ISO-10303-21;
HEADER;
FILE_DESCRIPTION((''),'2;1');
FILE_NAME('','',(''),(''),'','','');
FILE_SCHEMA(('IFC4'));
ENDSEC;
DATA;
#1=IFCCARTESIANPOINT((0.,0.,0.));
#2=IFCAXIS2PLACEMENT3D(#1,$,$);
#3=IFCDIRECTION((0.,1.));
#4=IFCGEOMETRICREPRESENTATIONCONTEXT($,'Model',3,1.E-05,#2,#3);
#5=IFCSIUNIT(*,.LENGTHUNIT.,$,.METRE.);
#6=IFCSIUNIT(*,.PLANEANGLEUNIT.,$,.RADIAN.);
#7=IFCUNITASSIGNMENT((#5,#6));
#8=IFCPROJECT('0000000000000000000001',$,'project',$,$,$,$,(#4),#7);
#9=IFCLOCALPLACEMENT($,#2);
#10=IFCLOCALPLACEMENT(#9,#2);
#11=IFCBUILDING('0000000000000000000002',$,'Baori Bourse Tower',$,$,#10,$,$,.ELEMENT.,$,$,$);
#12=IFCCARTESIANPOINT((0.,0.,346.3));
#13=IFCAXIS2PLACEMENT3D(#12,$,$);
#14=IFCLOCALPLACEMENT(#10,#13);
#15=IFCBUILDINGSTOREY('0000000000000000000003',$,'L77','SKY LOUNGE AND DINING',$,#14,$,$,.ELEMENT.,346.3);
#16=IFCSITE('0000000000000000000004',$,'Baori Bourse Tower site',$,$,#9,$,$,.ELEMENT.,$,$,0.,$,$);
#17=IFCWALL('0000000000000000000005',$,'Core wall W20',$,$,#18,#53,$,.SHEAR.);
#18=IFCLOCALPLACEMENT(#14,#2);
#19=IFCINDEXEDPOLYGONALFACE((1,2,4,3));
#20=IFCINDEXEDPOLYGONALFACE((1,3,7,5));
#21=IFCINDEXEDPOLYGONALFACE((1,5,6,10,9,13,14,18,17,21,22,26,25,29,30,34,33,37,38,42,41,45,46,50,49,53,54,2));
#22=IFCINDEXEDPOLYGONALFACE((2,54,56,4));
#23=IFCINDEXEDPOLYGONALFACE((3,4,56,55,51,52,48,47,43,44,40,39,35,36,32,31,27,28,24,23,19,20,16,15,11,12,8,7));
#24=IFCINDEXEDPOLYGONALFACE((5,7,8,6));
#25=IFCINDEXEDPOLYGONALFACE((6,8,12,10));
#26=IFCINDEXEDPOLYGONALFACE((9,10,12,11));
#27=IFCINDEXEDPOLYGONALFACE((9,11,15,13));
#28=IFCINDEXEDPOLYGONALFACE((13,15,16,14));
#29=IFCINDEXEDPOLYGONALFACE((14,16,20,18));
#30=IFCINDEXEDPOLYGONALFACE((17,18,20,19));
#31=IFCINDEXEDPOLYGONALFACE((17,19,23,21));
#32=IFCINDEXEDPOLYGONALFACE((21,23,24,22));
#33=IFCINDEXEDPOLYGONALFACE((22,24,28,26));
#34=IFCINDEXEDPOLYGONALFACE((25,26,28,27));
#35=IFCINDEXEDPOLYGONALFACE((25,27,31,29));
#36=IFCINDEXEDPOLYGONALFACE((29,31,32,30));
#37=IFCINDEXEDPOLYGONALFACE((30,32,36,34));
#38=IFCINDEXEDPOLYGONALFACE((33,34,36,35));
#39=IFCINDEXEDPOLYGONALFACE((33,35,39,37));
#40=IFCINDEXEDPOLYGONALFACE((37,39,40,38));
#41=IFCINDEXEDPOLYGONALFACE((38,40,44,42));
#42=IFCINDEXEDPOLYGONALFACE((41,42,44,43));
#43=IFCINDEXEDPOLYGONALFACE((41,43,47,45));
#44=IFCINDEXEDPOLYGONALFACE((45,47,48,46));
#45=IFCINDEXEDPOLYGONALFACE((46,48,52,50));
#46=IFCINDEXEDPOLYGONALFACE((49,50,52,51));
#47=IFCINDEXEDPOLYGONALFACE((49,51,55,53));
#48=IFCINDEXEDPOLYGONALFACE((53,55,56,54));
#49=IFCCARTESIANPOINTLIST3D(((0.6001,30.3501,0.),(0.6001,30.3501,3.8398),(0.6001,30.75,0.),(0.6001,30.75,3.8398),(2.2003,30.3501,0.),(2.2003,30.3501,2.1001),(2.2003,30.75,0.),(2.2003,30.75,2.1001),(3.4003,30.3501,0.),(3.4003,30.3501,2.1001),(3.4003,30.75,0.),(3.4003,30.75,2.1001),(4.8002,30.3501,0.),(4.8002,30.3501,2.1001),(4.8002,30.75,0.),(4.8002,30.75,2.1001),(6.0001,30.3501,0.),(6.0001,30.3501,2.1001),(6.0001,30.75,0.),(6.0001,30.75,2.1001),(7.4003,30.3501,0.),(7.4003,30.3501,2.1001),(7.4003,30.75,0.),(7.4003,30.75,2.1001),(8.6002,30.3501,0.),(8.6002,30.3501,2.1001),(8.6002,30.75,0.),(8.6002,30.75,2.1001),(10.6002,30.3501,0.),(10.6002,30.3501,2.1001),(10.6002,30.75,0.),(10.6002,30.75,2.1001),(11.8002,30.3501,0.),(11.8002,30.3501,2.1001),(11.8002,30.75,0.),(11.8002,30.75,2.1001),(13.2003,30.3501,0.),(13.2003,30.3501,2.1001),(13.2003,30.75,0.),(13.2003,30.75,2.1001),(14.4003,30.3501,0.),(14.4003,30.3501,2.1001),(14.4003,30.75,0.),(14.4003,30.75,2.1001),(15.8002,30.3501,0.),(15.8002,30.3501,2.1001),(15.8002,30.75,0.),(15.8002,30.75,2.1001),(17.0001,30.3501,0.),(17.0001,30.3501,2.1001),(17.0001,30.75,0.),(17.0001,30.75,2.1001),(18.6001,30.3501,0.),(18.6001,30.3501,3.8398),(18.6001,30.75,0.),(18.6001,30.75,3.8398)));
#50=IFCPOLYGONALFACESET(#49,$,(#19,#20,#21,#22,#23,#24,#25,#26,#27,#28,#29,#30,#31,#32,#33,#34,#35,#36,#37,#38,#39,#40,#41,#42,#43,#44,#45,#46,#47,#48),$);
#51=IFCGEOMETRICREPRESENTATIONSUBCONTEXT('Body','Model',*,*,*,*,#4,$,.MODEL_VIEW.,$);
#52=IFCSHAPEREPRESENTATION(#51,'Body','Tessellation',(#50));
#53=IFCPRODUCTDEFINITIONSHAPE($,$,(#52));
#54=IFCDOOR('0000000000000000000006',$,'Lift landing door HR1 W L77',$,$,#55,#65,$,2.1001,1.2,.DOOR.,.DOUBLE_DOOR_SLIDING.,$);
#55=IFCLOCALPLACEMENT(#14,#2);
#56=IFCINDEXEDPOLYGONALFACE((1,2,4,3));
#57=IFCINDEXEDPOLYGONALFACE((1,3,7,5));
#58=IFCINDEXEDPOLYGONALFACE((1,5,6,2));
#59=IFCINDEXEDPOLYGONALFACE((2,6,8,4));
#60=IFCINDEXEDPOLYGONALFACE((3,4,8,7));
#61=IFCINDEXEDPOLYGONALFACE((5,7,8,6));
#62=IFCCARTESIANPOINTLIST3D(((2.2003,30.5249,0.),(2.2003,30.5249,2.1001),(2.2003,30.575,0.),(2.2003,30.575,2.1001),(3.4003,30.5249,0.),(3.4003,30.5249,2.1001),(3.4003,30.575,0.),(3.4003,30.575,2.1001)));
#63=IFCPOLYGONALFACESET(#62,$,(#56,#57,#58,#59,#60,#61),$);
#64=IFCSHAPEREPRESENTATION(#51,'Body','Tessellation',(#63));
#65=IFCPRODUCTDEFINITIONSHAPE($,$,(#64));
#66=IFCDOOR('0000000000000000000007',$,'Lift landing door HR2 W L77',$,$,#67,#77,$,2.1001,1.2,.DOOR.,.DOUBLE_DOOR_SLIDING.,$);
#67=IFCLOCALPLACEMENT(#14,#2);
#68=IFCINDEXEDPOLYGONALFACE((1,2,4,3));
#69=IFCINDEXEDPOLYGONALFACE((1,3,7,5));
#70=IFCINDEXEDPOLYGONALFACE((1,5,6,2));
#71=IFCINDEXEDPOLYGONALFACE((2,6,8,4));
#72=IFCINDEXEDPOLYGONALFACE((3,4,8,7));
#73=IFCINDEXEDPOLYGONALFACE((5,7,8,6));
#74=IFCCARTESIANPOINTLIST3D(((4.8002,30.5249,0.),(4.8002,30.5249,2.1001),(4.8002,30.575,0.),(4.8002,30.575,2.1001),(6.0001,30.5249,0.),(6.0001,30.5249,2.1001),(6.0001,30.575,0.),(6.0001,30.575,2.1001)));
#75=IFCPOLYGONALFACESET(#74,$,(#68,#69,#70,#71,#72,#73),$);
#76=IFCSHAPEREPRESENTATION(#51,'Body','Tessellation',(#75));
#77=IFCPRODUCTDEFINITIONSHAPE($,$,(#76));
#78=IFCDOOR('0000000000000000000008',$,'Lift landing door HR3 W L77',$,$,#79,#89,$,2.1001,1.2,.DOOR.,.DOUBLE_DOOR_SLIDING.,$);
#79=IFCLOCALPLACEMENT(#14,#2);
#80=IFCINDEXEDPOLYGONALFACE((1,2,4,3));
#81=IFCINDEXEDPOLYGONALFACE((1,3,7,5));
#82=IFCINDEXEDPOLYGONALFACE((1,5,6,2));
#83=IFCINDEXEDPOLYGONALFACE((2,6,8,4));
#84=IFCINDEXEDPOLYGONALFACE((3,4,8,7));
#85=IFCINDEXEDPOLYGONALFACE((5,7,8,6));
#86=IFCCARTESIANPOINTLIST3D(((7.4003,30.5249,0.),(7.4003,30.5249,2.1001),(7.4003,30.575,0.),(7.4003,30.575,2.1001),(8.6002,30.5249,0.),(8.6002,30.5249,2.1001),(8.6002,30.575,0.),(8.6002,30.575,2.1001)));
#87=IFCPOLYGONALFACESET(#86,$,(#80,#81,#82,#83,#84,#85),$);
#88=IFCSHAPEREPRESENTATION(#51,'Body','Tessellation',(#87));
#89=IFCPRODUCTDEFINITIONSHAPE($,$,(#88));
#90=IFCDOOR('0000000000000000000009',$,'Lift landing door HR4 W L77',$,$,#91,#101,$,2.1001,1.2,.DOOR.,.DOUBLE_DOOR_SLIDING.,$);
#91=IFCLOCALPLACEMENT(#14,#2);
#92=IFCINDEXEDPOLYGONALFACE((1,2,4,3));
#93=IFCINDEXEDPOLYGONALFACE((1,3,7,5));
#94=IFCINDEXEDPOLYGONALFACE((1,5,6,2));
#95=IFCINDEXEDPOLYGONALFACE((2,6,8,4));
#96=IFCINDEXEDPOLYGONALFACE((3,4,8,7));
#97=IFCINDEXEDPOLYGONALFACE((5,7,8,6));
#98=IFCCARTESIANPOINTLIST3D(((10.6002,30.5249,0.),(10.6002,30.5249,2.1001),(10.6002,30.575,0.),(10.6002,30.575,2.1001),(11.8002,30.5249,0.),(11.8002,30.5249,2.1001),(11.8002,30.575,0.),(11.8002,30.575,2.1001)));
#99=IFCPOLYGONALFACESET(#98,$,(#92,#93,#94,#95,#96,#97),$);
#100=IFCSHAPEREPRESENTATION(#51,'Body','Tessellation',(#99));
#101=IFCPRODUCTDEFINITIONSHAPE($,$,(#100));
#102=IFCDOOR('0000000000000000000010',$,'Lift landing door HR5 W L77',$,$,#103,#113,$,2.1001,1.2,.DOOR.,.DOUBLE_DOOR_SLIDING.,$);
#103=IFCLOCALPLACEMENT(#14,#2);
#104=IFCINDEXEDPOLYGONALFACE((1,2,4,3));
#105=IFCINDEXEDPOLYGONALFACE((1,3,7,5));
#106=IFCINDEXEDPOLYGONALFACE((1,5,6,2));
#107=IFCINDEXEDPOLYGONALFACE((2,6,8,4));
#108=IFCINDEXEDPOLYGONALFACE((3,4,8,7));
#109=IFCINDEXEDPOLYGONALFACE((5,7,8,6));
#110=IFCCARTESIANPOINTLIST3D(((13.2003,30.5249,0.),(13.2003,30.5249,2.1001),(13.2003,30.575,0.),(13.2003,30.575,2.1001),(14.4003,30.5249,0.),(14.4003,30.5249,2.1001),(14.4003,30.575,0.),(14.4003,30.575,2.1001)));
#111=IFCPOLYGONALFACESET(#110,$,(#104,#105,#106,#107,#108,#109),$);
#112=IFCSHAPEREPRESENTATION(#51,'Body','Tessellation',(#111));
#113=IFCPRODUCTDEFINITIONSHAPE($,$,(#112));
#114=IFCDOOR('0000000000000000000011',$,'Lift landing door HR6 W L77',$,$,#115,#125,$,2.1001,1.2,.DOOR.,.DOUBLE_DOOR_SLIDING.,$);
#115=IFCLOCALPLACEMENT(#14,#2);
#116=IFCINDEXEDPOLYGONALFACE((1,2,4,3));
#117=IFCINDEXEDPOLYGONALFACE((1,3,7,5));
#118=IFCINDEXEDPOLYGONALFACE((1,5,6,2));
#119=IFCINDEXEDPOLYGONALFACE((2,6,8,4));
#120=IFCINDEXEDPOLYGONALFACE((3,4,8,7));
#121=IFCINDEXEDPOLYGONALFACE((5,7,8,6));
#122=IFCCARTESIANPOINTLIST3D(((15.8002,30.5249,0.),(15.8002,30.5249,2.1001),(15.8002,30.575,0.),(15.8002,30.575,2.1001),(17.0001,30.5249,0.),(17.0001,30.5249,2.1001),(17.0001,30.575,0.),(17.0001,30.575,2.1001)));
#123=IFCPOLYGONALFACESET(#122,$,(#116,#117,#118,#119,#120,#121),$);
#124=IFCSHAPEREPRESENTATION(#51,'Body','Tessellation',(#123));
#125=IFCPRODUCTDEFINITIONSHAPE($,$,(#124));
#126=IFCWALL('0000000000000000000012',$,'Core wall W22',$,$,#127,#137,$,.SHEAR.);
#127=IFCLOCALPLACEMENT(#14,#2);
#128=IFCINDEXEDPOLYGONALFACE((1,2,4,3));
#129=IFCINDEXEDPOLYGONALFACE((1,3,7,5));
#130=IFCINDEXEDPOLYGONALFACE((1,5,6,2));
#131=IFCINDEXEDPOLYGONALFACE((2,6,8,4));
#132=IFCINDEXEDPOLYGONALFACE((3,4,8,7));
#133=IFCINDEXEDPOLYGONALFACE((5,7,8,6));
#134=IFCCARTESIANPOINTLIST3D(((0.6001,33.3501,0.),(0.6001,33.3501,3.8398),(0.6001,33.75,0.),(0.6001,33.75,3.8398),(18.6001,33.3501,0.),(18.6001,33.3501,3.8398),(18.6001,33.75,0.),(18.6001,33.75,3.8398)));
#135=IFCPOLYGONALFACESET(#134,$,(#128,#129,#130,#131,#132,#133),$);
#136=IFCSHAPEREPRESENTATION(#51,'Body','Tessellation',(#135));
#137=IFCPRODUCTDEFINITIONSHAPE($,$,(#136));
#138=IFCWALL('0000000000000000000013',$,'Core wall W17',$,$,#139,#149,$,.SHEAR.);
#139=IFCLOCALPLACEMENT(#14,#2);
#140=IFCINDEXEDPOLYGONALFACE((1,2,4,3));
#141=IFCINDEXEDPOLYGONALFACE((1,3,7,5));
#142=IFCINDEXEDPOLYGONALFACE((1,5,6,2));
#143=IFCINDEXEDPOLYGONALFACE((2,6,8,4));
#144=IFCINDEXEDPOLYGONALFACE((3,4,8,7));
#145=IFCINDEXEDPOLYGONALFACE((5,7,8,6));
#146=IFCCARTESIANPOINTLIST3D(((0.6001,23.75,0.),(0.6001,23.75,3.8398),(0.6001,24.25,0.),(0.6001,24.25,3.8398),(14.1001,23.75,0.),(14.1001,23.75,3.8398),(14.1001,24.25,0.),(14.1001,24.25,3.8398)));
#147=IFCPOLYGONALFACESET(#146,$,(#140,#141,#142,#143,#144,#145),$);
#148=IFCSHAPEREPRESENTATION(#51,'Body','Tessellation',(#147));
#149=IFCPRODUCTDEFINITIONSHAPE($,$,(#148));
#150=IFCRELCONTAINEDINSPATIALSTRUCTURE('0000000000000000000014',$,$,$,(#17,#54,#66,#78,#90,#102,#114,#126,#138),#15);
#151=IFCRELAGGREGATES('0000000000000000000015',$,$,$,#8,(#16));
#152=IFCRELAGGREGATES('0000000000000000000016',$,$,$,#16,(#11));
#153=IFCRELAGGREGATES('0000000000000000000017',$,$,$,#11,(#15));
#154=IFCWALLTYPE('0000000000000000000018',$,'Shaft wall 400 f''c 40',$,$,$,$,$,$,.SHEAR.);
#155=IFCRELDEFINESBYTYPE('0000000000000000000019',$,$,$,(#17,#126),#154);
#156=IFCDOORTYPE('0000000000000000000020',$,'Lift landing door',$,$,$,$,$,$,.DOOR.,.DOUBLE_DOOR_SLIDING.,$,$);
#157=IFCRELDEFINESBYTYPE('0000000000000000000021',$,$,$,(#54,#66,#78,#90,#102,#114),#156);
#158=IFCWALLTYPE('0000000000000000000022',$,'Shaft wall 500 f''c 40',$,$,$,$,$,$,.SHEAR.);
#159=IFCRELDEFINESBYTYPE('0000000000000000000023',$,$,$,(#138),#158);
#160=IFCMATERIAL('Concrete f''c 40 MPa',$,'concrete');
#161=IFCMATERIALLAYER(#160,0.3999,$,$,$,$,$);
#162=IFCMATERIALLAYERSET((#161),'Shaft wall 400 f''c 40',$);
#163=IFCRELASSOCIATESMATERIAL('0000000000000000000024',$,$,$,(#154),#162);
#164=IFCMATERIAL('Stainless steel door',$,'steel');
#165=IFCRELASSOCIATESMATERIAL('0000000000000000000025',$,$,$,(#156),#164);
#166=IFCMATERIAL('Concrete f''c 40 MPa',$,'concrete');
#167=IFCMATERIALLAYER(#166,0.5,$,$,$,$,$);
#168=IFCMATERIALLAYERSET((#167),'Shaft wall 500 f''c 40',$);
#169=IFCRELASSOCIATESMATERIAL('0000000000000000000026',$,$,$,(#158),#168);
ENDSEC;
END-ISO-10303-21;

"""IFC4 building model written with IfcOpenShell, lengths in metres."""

from ifc_helpers import new_model, si_unit, direction, frame, frame_2d, origin, place, context, subcontext, project, spatial, rectangle, extrude, material, layer, layer_set, type_object, element, fill, save


model = new_model("IFC4")

# Units and contexts
model_context = context("Model", 3, precision=1e-05, world=origin(), true_north=direction((0.0, 1.0)))
body_context = subcontext(model_context, "Body", "Model", "MODEL_VIEW")
ifc_project = project(units=[si_unit("LENGTHUNIT", "METRE"), si_unit("PLANEANGLEUNIT", "RADIAN")], contexts=[model_context])

# Site, building, storey
site_placement = place(None, origin())
site = spatial("IfcSite", under=ifc_project, at=site_placement, Name="Baori Bourse Tower site", CompositionType="ELEMENT", RefElevation=0.0)
building_placement = place(site_placement, origin())
building = spatial("IfcBuilding", under=site, at=building_placement, Name="Baori Bourse Tower", CompositionType="ELEMENT")
storey_placement = place(building_placement, frame((0.0, 0.0, 346.3)))
storey = spatial("IfcBuildingStorey", under=building, at=storey_placement, Name="L77", Description="SKY LOUNGE AND DINING", CompositionType="ELEMENT", Elevation=346.3)

# Wall, openings, doors
ifc_material_1 = material(Name="Concrete f'c 40 MPa", Category="concrete")
ifc_layer_1 = layer(ifc_material_1, 0.3999)
ifc_layer_set_1 = layer_set([ifc_layer_1], Name="Shaft wall 400 f'c 40")
wall_type_1 = type_object("IfcWallType", Name="Shaft wall 400 f'c 40", PredefinedType="SHEAR", material=ifc_layer_set_1)
ifc_material_2 = material(Name="Stainless steel door", Category="steel")
door_type_1 = type_object("IfcDoorType", Name="Lift landing door", OperationType="DOUBLE_DOOR_SLIDING", PredefinedType="DOOR", material=ifc_material_2)
wall_1_placement = place(storey_placement, frame((0.6001, 30.55, 0.0), z_axis=(0.0, 0.0, 1.0), x_axis=(1.0, 0.0, 0.0)))
wall_1 = element("IfcWall", 1, at=wall_1_placement, inside=storey, type_object=wall_type_1, Name="Core wall W20", PredefinedType="SHEAR", context=body_context, shape_type="SweptSolid", body=[
    extrude(rectangle(XDim=18.0, YDim=0.3999, at=frame_2d((9.0, 0.0))), origin(), (0.0, 0.0, 1.0), 3.8398),
])
opening_1_placement = place(wall_1_placement, frame((1.6001, 0.0, 0.0)))
opening_1 = element("IfcOpeningElement", 2, at=opening_1_placement, cuts=wall_1, PredefinedType="OPENING", context=body_context, shape_type="SweptSolid", body=[
    extrude(rectangle(XDim=1.2, YDim=2.1001, at=frame_2d((0.6001, 1.05))), frame((0.0, 0.21, 0.0), z_axis=(0.0, -1.0, 0.0), x_axis=(1.0, 0.0, 0.0)), (0.0, 0.0, 1.0), 0.4199),
])
opening_2_placement = place(wall_1_placement, frame((4.2, 0.0, 0.0)))
opening_2 = element("IfcOpeningElement", 3, at=opening_2_placement, cuts=wall_1, PredefinedType="OPENING", context=body_context, shape_type="SweptSolid", body=[
    extrude(rectangle(XDim=1.2, YDim=2.1001, at=frame_2d((0.6001, 1.05))), frame((0.0, 0.21, 0.0), z_axis=(0.0, -1.0, 0.0), x_axis=(1.0, 0.0, 0.0)), (0.0, 0.0, 1.0), 0.4199),
])
opening_3_placement = place(wall_1_placement, frame((6.8, 0.0, 0.0)))
opening_3 = element("IfcOpeningElement", 4, at=opening_3_placement, cuts=wall_1, PredefinedType="OPENING", context=body_context, shape_type="SweptSolid", body=[
    extrude(rectangle(XDim=1.2, YDim=2.1001, at=frame_2d((0.6001, 1.05))), frame((0.0, 0.21, 0.0), z_axis=(0.0, -1.0, 0.0), x_axis=(1.0, 0.0, 0.0)), (0.0, 0.0, 1.0), 0.4199),
])
opening_4_placement = place(wall_1_placement, frame((10.0, 0.0, 0.0)))
opening_4 = element("IfcOpeningElement", 5, at=opening_4_placement, cuts=wall_1, PredefinedType="OPENING", context=body_context, shape_type="SweptSolid", body=[
    extrude(rectangle(XDim=1.2, YDim=2.1001, at=frame_2d((0.6001, 1.05))), frame((0.0, 0.21, 0.0), z_axis=(0.0, -1.0, 0.0), x_axis=(1.0, 0.0, 0.0)), (0.0, 0.0, 1.0), 0.4199),
])
opening_5_placement = place(wall_1_placement, frame((12.6001, 0.0, 0.0)))
opening_5 = element("IfcOpeningElement", 6, at=opening_5_placement, cuts=wall_1, PredefinedType="OPENING", context=body_context, shape_type="SweptSolid", body=[
    extrude(rectangle(XDim=1.2, YDim=2.1001, at=frame_2d((0.6001, 1.05))), frame((0.0, 0.21, 0.0), z_axis=(0.0, -1.0, 0.0), x_axis=(1.0, 0.0, 0.0)), (0.0, 0.0, 1.0), 0.4199),
])
opening_6_placement = place(wall_1_placement, frame((15.2, 0.0, 0.0)))
opening_6 = element("IfcOpeningElement", 7, at=opening_6_placement, cuts=wall_1, PredefinedType="OPENING", context=body_context, shape_type="SweptSolid", body=[
    extrude(rectangle(XDim=1.2, YDim=2.1001, at=frame_2d((0.6001, 1.05))), frame((0.0, 0.21, 0.0), z_axis=(0.0, -1.0, 0.0), x_axis=(1.0, 0.0, 0.0)), (0.0, 0.0, 1.0), 0.4199),
])
door_1_placement = place(opening_1_placement, origin())
door_1 = element("IfcDoor", 8, at=door_1_placement, inside=storey, type_object=door_type_1, Name="Lift landing door HR1 W L77", OperationType="DOUBLE_DOOR_SLIDING", OverallHeight=2.1001, OverallWidth=1.2, PredefinedType="DOOR", context=body_context, shape_type="SweptSolid", body=[
    extrude(rectangle(XDim=1.2, YDim=2.1001, at=frame_2d((0.6001, 1.05))), frame((0.0, 0.0249, 0.0), z_axis=(0.0, -1.0, 0.0), x_axis=(1.0, 0.0, 0.0)), (0.0, 0.0, 1.0), 0.05),
])
fill(opening_1, door_1)
door_2_placement = place(opening_2_placement, origin())
door_2 = element("IfcDoor", 9, at=door_2_placement, inside=storey, type_object=door_type_1, Name="Lift landing door HR2 W L77", OperationType="DOUBLE_DOOR_SLIDING", OverallHeight=2.1001, OverallWidth=1.2, PredefinedType="DOOR", context=body_context, shape_type="SweptSolid", body=[
    extrude(rectangle(XDim=1.2, YDim=2.1001, at=frame_2d((0.6001, 1.05))), frame((0.0, 0.0249, 0.0), z_axis=(0.0, -1.0, 0.0), x_axis=(1.0, 0.0, 0.0)), (0.0, 0.0, 1.0), 0.05),
])
fill(opening_2, door_2)
door_3_placement = place(opening_3_placement, origin())
door_3 = element("IfcDoor", 10, at=door_3_placement, inside=storey, type_object=door_type_1, Name="Lift landing door HR3 W L77", OperationType="DOUBLE_DOOR_SLIDING", OverallHeight=2.1001, OverallWidth=1.2, PredefinedType="DOOR", context=body_context, shape_type="SweptSolid", body=[
    extrude(rectangle(XDim=1.2, YDim=2.1001, at=frame_2d((0.6001, 1.05))), frame((0.0, 0.0249, 0.0), z_axis=(0.0, -1.0, 0.0), x_axis=(1.0, 0.0, 0.0)), (0.0, 0.0, 1.0), 0.05),
])
fill(opening_3, door_3)
door_4_placement = place(opening_4_placement, origin())
door_4 = element("IfcDoor", 11, at=door_4_placement, inside=storey, type_object=door_type_1, Name="Lift landing door HR4 W L77", OperationType="DOUBLE_DOOR_SLIDING", OverallHeight=2.1001, OverallWidth=1.2, PredefinedType="DOOR", context=body_context, shape_type="SweptSolid", body=[
    extrude(rectangle(XDim=1.2, YDim=2.1001, at=frame_2d((0.6001, 1.05))), frame((0.0, 0.0249, 0.0), z_axis=(0.0, -1.0, 0.0), x_axis=(1.0, 0.0, 0.0)), (0.0, 0.0, 1.0), 0.05),
])
fill(opening_4, door_4)
door_5_placement = place(opening_5_placement, origin())
door_5 = element("IfcDoor", 12, at=door_5_placement, inside=storey, type_object=door_type_1, Name="Lift landing door HR5 W L77", OperationType="DOUBLE_DOOR_SLIDING", OverallHeight=2.1001, OverallWidth=1.2, PredefinedType="DOOR", context=body_context, shape_type="SweptSolid", body=[
    extrude(rectangle(XDim=1.2, YDim=2.1001, at=frame_2d((0.6001, 1.05))), frame((0.0, 0.0249, 0.0), z_axis=(0.0, -1.0, 0.0), x_axis=(1.0, 0.0, 0.0)), (0.0, 0.0, 1.0), 0.05),
])
fill(opening_5, door_5)
door_6_placement = place(opening_6_placement, origin())
door_6 = element("IfcDoor", 13, at=door_6_placement, inside=storey, type_object=door_type_1, Name="Lift landing door HR6 W L77", OperationType="DOUBLE_DOOR_SLIDING", OverallHeight=2.1001, OverallWidth=1.2, PredefinedType="DOOR", context=body_context, shape_type="SweptSolid", body=[
    extrude(rectangle(XDim=1.2, YDim=2.1001, at=frame_2d((0.6001, 1.05))), frame((0.0, 0.0249, 0.0), z_axis=(0.0, -1.0, 0.0), x_axis=(1.0, 0.0, 0.0)), (0.0, 0.0, 1.0), 0.05),
])
fill(opening_6, door_6)

# Walls
wall_2_placement = place(storey_placement, frame((0.6001, 33.55, 0.0), z_axis=(0.0, 0.0, 1.0), x_axis=(1.0, 0.0, 0.0)))
element("IfcWall", 14, at=wall_2_placement, inside=storey, type_object=wall_type_1, Name="Core wall W22", PredefinedType="SHEAR", context=body_context, shape_type="SweptSolid", body=[
    extrude(rectangle(XDim=18.0, YDim=0.3999, at=frame_2d((9.0, 0.0))), origin(), (0.0, 0.0, 1.0), 3.8398),
])
ifc_material_3 = material(Name="Concrete f'c 40 MPa", Category="concrete")
ifc_layer_2 = layer(ifc_material_3, 0.5)
ifc_layer_set_2 = layer_set([ifc_layer_2], Name="Shaft wall 500 f'c 40")
wall_type_2 = type_object("IfcWallType", Name="Shaft wall 500 f'c 40", PredefinedType="SHEAR", material=ifc_layer_set_2)
wall_3_placement = place(storey_placement, frame((0.6001, 24.0, 0.0), z_axis=(0.0, 0.0, 1.0), x_axis=(1.0, 0.0, 0.0)))
element("IfcWall", 15, at=wall_3_placement, inside=storey, type_object=wall_type_2, Name="Core wall W17", PredefinedType="SHEAR", context=body_context, shape_type="SweptSolid", body=[
    extrude(rectangle(XDim=13.5, YDim=0.5, at=frame_2d((6.75, 0.0))), origin(), (0.0, 0.0, 1.0), 3.8398),
])

save(model, "model.ifc")
